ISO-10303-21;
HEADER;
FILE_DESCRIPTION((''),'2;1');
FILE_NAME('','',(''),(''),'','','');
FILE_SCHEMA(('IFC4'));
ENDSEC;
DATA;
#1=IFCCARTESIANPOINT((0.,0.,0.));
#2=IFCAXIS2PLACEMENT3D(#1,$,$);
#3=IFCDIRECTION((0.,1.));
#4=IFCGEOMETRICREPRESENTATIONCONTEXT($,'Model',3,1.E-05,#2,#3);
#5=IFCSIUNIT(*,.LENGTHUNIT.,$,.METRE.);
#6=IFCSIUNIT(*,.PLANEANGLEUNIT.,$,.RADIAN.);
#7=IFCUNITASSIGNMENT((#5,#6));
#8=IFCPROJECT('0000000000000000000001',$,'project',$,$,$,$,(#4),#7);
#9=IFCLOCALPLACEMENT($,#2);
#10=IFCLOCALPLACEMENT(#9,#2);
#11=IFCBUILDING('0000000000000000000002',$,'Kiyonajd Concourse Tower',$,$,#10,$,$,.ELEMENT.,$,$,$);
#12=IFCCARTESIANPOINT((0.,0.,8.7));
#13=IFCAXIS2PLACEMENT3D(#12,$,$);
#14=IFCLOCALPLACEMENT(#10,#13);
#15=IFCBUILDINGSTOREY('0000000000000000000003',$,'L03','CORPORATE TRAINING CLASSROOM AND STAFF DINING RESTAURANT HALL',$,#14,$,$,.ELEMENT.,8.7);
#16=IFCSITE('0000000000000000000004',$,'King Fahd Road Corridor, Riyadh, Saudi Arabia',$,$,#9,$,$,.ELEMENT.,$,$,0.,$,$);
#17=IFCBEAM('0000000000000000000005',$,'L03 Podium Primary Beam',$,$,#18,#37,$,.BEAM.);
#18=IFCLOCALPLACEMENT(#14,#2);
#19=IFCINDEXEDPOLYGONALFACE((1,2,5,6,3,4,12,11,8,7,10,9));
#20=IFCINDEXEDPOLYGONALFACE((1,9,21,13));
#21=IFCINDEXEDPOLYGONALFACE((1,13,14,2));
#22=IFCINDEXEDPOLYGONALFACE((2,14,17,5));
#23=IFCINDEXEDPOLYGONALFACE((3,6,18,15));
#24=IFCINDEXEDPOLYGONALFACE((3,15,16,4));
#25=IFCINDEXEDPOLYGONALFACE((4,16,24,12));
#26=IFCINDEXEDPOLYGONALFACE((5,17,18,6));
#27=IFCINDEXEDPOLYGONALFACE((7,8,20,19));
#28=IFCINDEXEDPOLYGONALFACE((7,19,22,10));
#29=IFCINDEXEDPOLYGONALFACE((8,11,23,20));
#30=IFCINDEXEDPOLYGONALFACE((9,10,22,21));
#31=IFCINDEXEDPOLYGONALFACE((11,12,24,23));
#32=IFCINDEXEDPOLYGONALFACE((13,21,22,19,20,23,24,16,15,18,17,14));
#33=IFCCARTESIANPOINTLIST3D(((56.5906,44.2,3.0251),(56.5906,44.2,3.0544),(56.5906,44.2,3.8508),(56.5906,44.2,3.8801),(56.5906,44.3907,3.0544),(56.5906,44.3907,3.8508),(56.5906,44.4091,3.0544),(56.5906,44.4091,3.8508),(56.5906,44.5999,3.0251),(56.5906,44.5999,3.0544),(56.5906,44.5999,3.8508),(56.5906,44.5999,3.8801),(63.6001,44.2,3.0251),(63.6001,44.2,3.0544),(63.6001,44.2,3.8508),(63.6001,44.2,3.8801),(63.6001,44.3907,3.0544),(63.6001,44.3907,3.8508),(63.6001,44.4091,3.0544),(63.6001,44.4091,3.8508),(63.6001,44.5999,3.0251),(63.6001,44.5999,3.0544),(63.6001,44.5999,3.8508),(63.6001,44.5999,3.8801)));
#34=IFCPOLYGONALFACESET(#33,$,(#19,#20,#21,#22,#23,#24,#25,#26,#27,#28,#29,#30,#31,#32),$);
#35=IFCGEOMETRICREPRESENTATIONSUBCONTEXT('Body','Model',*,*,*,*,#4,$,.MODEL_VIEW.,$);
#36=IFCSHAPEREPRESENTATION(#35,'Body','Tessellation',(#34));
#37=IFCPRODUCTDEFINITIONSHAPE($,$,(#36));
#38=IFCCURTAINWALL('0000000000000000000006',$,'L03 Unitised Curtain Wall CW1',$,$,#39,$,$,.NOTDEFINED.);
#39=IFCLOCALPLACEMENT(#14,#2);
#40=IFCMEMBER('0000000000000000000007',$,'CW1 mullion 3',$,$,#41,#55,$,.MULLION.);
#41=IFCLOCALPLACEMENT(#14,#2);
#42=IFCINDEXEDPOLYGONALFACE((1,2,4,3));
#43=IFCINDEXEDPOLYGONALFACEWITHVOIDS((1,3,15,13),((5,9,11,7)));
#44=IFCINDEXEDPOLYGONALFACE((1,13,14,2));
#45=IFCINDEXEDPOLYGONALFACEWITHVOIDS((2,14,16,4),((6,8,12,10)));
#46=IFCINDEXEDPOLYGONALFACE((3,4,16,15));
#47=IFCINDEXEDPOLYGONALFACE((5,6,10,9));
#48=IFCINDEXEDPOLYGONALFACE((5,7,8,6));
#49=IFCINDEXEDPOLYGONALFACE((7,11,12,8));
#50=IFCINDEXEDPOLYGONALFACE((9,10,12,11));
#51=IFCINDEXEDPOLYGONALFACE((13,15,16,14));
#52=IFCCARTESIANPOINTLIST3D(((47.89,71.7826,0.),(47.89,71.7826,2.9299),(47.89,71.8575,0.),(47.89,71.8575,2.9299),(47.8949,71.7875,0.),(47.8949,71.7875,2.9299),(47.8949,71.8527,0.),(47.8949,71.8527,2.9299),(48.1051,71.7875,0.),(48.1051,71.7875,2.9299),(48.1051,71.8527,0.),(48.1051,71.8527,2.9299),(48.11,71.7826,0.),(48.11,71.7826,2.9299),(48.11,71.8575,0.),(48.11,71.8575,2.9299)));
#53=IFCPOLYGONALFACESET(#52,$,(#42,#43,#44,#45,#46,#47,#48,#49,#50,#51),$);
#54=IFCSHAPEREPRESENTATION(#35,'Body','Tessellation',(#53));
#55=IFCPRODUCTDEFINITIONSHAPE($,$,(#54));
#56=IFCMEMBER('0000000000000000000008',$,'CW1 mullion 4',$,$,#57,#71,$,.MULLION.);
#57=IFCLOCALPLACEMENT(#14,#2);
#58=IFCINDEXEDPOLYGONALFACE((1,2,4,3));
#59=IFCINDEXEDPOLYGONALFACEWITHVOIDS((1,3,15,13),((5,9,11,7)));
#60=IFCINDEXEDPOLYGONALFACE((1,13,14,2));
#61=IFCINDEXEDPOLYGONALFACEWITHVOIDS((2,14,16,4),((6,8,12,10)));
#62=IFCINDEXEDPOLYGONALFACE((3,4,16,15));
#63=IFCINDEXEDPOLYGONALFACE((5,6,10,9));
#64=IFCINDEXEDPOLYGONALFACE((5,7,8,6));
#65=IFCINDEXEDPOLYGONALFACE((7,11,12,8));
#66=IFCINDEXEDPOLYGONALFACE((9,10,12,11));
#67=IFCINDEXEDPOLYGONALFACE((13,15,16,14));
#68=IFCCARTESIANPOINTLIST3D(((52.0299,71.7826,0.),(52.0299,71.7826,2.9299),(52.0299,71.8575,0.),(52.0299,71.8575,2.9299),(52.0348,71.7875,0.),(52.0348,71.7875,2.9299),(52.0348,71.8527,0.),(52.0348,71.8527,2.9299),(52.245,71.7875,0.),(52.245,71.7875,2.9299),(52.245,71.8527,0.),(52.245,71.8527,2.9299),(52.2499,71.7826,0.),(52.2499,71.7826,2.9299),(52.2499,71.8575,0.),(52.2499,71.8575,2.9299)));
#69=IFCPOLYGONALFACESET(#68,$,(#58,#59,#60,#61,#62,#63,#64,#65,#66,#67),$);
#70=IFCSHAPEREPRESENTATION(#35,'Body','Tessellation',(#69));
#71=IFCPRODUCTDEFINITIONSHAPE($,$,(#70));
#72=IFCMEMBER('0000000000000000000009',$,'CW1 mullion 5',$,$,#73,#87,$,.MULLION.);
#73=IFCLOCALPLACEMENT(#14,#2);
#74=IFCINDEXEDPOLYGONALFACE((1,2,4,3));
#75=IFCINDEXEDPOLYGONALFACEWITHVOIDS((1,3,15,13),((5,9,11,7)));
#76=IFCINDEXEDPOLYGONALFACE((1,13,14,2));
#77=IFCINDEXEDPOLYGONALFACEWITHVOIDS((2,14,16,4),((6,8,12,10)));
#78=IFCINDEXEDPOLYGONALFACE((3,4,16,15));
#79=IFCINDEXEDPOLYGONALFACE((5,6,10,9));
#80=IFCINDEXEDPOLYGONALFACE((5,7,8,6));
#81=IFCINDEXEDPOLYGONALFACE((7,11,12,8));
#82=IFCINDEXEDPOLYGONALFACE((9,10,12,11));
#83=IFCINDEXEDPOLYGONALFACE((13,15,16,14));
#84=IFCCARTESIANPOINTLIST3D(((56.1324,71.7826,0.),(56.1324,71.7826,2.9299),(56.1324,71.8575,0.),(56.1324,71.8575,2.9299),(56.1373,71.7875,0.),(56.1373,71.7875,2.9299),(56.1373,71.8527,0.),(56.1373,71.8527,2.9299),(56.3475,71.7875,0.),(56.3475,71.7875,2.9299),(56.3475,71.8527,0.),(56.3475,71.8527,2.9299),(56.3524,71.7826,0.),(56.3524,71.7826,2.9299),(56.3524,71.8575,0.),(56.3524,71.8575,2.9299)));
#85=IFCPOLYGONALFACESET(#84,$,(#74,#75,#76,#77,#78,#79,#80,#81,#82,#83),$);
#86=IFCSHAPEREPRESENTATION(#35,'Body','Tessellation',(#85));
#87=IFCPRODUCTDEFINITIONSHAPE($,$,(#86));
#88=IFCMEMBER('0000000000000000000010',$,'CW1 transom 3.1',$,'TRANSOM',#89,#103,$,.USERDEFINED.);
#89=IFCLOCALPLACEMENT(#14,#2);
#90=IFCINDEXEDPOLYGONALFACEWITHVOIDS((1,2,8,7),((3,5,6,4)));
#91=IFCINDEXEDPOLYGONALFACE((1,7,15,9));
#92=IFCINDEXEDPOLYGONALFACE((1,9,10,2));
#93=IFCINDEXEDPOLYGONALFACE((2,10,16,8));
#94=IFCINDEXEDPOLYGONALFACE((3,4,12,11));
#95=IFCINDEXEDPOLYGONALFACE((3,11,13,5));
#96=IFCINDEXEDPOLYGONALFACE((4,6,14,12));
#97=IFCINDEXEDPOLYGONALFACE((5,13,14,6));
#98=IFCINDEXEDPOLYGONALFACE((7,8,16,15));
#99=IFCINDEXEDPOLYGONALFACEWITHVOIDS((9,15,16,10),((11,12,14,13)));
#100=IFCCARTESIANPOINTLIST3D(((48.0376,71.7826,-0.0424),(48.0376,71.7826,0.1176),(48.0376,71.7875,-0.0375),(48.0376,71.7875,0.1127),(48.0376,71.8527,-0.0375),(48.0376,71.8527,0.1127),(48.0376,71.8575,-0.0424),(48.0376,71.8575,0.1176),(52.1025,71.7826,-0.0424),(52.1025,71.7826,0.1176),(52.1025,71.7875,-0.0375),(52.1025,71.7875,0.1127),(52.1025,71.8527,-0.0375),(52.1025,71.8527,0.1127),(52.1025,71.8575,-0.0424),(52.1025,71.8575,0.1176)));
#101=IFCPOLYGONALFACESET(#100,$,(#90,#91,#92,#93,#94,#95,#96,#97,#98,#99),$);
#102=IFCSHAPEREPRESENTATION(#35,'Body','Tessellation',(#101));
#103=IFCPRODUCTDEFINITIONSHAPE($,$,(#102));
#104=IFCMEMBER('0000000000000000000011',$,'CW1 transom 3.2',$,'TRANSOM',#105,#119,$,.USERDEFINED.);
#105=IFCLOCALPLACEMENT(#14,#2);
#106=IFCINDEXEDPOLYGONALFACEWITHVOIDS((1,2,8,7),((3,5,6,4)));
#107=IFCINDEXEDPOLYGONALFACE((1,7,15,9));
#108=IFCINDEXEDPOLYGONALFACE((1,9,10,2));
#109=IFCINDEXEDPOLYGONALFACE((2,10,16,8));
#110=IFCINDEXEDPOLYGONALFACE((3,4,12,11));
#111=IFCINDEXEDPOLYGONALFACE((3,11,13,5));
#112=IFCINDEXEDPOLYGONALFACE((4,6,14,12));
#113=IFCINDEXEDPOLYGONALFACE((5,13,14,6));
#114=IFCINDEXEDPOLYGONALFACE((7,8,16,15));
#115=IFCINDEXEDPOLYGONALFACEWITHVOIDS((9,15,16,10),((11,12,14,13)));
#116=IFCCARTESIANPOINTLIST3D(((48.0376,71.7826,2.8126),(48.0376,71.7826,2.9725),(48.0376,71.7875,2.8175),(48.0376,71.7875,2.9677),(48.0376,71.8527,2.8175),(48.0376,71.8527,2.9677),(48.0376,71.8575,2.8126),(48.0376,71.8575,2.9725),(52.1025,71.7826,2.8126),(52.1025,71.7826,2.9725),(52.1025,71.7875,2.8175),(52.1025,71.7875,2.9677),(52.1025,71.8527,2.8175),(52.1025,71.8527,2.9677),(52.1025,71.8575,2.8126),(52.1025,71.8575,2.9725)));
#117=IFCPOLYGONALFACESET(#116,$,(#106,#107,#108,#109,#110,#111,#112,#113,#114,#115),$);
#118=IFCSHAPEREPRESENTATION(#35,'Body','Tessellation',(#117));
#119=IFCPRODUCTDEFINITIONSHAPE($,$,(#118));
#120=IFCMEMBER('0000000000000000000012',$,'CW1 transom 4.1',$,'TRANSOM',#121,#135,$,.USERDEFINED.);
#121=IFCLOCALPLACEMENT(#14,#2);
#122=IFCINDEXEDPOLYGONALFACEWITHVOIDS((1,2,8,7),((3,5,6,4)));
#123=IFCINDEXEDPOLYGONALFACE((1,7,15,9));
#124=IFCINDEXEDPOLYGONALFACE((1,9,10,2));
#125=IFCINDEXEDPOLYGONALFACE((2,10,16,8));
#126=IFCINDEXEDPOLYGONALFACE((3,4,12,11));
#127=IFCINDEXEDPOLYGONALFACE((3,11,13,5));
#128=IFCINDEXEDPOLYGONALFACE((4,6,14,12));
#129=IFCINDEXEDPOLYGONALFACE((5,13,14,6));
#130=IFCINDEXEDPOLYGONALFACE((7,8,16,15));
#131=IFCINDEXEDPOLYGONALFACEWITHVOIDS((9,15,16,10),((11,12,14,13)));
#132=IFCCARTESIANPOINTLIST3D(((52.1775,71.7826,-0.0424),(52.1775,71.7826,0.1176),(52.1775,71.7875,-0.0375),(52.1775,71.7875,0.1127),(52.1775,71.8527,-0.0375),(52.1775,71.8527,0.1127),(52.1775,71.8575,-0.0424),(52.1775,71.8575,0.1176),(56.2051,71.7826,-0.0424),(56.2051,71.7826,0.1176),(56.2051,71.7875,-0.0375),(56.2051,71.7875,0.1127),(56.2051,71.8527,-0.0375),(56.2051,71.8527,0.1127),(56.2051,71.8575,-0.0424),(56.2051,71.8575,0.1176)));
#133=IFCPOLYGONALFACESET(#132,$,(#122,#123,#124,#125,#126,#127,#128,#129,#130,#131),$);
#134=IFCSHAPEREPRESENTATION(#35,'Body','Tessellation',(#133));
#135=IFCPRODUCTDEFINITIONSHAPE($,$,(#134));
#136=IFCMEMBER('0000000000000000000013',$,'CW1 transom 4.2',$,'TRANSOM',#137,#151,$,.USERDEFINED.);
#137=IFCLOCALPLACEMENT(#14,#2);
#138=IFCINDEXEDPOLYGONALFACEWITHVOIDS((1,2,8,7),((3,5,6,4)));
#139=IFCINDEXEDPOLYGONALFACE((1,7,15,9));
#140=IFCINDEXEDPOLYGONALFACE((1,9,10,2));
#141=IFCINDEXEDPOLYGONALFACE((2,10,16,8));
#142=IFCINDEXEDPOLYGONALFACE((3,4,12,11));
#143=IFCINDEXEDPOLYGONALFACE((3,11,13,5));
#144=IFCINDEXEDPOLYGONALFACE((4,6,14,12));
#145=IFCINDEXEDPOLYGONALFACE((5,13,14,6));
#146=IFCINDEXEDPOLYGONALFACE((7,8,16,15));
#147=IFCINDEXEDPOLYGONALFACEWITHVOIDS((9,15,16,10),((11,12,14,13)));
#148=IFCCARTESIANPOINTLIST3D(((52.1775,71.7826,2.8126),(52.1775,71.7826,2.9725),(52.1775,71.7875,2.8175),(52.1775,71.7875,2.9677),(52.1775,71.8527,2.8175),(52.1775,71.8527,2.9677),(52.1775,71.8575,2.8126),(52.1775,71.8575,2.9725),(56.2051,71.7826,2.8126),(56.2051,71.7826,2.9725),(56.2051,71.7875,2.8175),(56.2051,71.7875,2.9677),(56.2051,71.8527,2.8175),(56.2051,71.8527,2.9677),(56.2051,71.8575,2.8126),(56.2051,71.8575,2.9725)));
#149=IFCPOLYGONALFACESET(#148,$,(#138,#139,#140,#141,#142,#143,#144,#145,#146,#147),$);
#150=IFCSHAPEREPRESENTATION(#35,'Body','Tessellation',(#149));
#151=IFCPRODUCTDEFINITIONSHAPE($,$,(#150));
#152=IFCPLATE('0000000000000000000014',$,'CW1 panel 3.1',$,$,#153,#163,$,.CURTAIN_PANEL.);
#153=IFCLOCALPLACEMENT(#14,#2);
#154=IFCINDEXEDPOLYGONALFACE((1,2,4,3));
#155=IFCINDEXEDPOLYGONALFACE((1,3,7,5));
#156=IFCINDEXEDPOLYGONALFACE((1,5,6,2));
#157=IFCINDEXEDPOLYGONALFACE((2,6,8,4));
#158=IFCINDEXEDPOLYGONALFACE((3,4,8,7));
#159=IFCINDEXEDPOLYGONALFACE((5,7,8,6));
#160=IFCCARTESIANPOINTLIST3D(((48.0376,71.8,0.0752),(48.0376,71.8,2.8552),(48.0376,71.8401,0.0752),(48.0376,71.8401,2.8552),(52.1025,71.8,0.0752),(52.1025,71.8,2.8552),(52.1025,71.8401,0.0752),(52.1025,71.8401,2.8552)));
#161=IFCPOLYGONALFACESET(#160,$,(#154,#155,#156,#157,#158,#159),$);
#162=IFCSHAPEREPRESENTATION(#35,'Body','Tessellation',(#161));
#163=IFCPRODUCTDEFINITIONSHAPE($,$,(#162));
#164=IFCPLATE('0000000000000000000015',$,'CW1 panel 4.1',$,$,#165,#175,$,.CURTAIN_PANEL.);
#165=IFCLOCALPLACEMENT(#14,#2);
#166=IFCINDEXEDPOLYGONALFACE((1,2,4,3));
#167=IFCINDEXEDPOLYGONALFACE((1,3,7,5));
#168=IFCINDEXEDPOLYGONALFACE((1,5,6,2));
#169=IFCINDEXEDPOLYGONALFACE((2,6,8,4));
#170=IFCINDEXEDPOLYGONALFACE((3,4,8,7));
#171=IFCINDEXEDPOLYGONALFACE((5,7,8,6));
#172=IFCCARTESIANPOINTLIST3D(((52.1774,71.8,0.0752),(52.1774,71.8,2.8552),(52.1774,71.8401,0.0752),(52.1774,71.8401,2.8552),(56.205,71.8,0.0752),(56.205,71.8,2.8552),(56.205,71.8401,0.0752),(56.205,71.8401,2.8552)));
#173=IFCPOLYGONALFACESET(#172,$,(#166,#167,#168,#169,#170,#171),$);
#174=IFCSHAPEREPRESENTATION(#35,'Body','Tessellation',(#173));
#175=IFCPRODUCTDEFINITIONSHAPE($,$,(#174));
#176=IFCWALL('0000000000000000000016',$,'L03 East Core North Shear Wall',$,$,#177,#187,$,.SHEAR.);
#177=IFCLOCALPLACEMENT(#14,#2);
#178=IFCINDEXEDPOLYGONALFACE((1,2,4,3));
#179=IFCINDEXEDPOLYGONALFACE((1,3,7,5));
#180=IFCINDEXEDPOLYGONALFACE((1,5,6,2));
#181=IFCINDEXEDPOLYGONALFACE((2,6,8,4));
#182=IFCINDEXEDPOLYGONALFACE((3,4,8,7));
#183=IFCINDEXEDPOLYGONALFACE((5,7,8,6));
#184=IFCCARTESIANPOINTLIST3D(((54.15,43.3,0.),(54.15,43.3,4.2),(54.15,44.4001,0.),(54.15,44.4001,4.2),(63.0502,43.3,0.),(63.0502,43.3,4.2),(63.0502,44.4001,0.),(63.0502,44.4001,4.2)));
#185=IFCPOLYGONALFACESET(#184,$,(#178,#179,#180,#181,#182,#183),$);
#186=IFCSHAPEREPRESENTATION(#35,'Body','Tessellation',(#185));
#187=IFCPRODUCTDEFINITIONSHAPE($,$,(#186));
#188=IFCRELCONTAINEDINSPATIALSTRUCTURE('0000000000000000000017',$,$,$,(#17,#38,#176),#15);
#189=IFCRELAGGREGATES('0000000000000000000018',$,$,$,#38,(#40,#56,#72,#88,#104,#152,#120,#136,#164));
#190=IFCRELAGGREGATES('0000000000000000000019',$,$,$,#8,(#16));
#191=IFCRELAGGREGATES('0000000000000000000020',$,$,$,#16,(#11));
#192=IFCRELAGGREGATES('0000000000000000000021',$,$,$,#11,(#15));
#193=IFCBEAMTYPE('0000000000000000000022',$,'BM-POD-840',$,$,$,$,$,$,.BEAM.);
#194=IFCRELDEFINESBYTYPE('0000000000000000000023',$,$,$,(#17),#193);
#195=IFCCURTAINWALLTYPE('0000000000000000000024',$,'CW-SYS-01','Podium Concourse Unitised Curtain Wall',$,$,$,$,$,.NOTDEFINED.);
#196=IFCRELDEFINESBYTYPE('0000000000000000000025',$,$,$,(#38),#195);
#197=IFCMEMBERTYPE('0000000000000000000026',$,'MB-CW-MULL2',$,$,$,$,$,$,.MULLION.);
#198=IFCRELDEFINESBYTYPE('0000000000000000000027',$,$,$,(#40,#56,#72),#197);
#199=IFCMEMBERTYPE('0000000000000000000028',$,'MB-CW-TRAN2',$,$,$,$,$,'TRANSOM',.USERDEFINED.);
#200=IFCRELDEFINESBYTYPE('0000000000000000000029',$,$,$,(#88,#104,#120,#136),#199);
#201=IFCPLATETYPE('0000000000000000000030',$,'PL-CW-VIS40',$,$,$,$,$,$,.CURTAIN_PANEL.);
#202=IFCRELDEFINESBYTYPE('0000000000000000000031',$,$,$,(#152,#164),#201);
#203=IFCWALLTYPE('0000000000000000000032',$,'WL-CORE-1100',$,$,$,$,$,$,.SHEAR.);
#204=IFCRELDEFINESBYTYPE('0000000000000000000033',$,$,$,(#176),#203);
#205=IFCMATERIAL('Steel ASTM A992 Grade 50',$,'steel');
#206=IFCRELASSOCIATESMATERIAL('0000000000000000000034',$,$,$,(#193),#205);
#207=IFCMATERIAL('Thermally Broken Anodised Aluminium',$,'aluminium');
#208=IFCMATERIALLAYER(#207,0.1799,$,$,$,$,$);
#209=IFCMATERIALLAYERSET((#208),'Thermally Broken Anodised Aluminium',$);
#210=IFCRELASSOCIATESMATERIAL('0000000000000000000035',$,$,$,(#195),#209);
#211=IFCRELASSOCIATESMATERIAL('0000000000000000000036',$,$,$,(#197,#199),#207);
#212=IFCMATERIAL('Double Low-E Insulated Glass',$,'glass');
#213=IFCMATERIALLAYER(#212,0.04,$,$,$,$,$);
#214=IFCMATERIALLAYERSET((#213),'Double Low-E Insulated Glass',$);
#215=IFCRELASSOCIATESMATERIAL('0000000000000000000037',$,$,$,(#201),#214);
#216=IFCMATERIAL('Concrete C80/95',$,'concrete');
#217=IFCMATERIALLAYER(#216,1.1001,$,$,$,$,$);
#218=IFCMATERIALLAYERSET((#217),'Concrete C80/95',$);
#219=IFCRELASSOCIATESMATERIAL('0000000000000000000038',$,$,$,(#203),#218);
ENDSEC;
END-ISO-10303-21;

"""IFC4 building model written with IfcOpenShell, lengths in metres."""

from ifc_helpers import new_model, si_unit, direction, frame, frame_2d, origin, origin_2d, place, context, subcontext, project, spatial, rectangle, hollow_rectangle, i_section, extrude, material, layer, layer_set, material_profile, profile_set, type_object, element, aggregate, save


model = new_model("IFC4")

# Units and contexts
model_context = context("Model", 3, precision=1e-05, world=origin(), true_north=direction((0.0, 1.0)))
body_context = subcontext(model_context, "Body", "Model", "MODEL_VIEW")
ifc_project = project(units=[si_unit("LENGTHUNIT", "METRE"), si_unit("PLANEANGLEUNIT", "RADIAN")], contexts=[model_context])

# Site, building, storey
site_placement = place(None, origin())
site = spatial("IfcSite", under=ifc_project, at=site_placement, Name="King Fahd Road Corridor, Riyadh, Saudi Arabia", CompositionType="ELEMENT", RefElevation=0.0)
building_placement = place(site_placement, origin())
building = spatial("IfcBuilding", under=site, at=building_placement, Name="Kiyonajd Concourse Tower", CompositionType="ELEMENT")
storey_placement = place(building_placement, frame((0.0, 0.0, 8.7)))
storey = spatial("IfcBuildingStorey", under=building, at=storey_placement, Name="L03", Description="CORPORATE TRAINING CLASSROOM AND STAFF DINING RESTAURANT HALL", CompositionType="ELEMENT", Elevation=8.7)

# Shared definitions
ifc_material_1 = material(Name="Concrete C80/95", Category="concrete")

# Beam
ifc_material_2 = material(Name="Steel ASTM A992 Grade 50", Category="steel")
ifc_material_profile_1 = material_profile(ifc_material_2, i_section(OverallWidth=0.3999, OverallDepth=0.855, WebThickness=0.0183, FlangeThickness=0.0293, at=origin_2d()), Name="W840X299")
ifc_profile_set_1 = profile_set([ifc_material_profile_1], Name="Steel ASTM A992 Grade 50")
beam_type_1 = type_object("IfcBeamType", Name="BM-POD-840", PredefinedType="BEAM", material=ifc_profile_set_1)
beam_1_placement = place(storey_placement, frame((56.5906, 44.3999, 3.4526), z_axis=(1.0, 0.0, 0.0), x_axis=(0.0, 1.0, 0.0)))
element("IfcBeam", 1, at=beam_1_placement, inside=storey, type_object=beam_type_1, Name="L03 Podium Primary Beam", PredefinedType="BEAM", context=body_context, shape_type="SweptSolid", body=[
    extrude(i_section(OverallWidth=0.3999, OverallDepth=0.855, WebThickness=0.0183, FlangeThickness=0.0293, at=origin_2d()), origin(), (0.0, 0.0, 1.0), 7.0095),
])

# Curtain wall, members, plates
ifc_material_3 = material(Name="Thermally Broken Anodised Aluminium", Category="aluminium")
ifc_layer_1 = layer(ifc_material_3, 0.1799)
ifc_layer_set_1 = layer_set([ifc_layer_1], Name="Thermally Broken Anodised Aluminium")
curtain_wall_type = type_object("IfcCurtainWallType", Name="CW-SYS-01", Description="Podium Concourse Unitised Curtain Wall", PredefinedType="NOTDEFINED", material=ifc_layer_set_1)
curtain_wall_placement = place(storey_placement, origin())
curtain_wall = element("IfcCurtainWall", 2, at=curtain_wall_placement, inside=storey, type_object=curtain_wall_type, Name="L03 Unitised Curtain Wall CW1", PredefinedType="NOTDEFINED")
ifc_material_profile_2 = material_profile(ifc_material_3, hollow_rectangle(XDim=0.075, YDim=0.22, WallThickness=0.0049, at=origin_2d()), Name="MULL-75x220")
ifc_profile_set_2 = profile_set([ifc_material_profile_2], Name="Thermally Broken Anodised Aluminium")
member_type_1 = type_object("IfcMemberType", Name="MB-CW-MULL2", PredefinedType="MULLION", material=ifc_profile_set_2)
member_1_placement = place(storey_placement, frame((48.0, 71.8201, 0.0), z_axis=(0.0, 0.0, 1.0), x_axis=(0.0, 1.0, 0.0)))
member_1 = element("IfcMember", 3, at=member_1_placement, type_object=member_type_1, Name="CW1 mullion 3", PredefinedType="MULLION", context=body_context, shape_type="SweptSolid", body=[
    extrude(hollow_rectangle(XDim=0.075, YDim=0.22, WallThickness=0.0049, at=origin_2d()), origin(), (0.0, 0.0, 1.0), 2.9299),
])
member_2_placement = place(storey_placement, frame((52.1399, 71.8201, 0.0), z_axis=(0.0, 0.0, 1.0), x_axis=(0.0, 1.0, 0.0)))
member_2 = element("IfcMember", 4, at=member_2_placement, type_object=member_type_1, Name="CW1 mullion 4", PredefinedType="MULLION", context=body_context, shape_type="SweptSolid", body=[
    extrude(hollow_rectangle(XDim=0.075, YDim=0.22, WallThickness=0.0049, at=origin_2d()), origin(), (0.0, 0.0, 1.0), 2.9299),
])
member_3_placement = place(storey_placement, frame((56.2424, 71.8201, 0.0), z_axis=(0.0, 0.0, 1.0), x_axis=(0.0, 1.0, 0.0)))
member_3 = element("IfcMember", 5, at=member_3_placement, type_object=member_type_1, Name="CW1 mullion 5", PredefinedType="MULLION", context=body_context, shape_type="SweptSolid", body=[
    extrude(hollow_rectangle(XDim=0.075, YDim=0.22, WallThickness=0.0049, at=origin_2d()), origin(), (0.0, 0.0, 1.0), 2.9299),
])
ifc_material_profile_3 = material_profile(ifc_material_3, hollow_rectangle(XDim=0.075, YDim=0.1599, WallThickness=0.0049, at=origin_2d()), Name="TRAN-75x160")
ifc_profile_set_3 = profile_set([ifc_material_profile_3], Name="Thermally Broken Anodised Aluminium")
member_type_2 = type_object("IfcMemberType", Name="MB-CW-TRAN2", ElementType="TRANSOM", PredefinedType="USERDEFINED", material=ifc_profile_set_3)
member_4_placement = place(storey_placement, frame((48.0376, 71.8201, 0.0376), z_axis=(1.0, 0.0, 0.0), x_axis=(0.0, 1.0, 0.0)))
member_4 = element("IfcMember", 6, at=member_4_placement, type_object=member_type_2, Name="CW1 transom 3.1", ObjectType="TRANSOM", PredefinedType="USERDEFINED", context=body_context, shape_type="SweptSolid", body=[
    extrude(hollow_rectangle(XDim=0.075, YDim=0.1599, WallThickness=0.0049, at=origin_2d()), origin(), (0.0, 0.0, 1.0), 4.0649),
])
member_5_placement = place(storey_placement, frame((48.0376, 71.8201, 2.8926), z_axis=(1.0, 0.0, 0.0), x_axis=(0.0, 1.0, 0.0)))
member_5 = element("IfcMember", 7, at=member_5_placement, type_object=member_type_2, Name="CW1 transom 3.2", ObjectType="TRANSOM", PredefinedType="USERDEFINED", context=body_context, shape_type="SweptSolid", body=[
    extrude(hollow_rectangle(XDim=0.075, YDim=0.1599, WallThickness=0.0049, at=origin_2d()), origin(), (0.0, 0.0, 1.0), 4.0649),
])
member_6_placement = place(storey_placement, frame((52.1775, 71.8201, 0.0376), z_axis=(1.0, 0.0, 0.0), x_axis=(0.0, 1.0, 0.0)))
member_6 = element("IfcMember", 8, at=member_6_placement, type_object=member_type_2, Name="CW1 transom 4.1", ObjectType="TRANSOM", PredefinedType="USERDEFINED", context=body_context, shape_type="SweptSolid", body=[
    extrude(hollow_rectangle(XDim=0.075, YDim=0.1599, WallThickness=0.0049, at=origin_2d()), origin(), (0.0, 0.0, 1.0), 4.0276),
])
member_7_placement = place(storey_placement, frame((52.1775, 71.8201, 2.8926), z_axis=(1.0, 0.0, 0.0), x_axis=(0.0, 1.0, 0.0)))
member_7 = element("IfcMember", 9, at=member_7_placement, type_object=member_type_2, Name="CW1 transom 4.2", ObjectType="TRANSOM", PredefinedType="USERDEFINED", context=body_context, shape_type="SweptSolid", body=[
    extrude(hollow_rectangle(XDim=0.075, YDim=0.1599, WallThickness=0.0049, at=origin_2d()), origin(), (0.0, 0.0, 1.0), 4.0276),
])
ifc_material_4 = material(Name="Double Low-E Insulated Glass", Category="glass")
ifc_layer_2 = layer(ifc_material_4, 0.04)
ifc_layer_set_2 = layer_set([ifc_layer_2], Name="Double Low-E Insulated Glass")
plate_type = type_object("IfcPlateType", Name="PL-CW-VIS40", PredefinedType="CURTAIN_PANEL", material=ifc_layer_set_2)
plate_1_placement = place(storey_placement, frame((50.0701, 71.8201, 0.0752), z_axis=(0.0, 0.0, 1.0), x_axis=(1.0, 0.0, 0.0)))
plate_1 = element("IfcPlate", 10, at=plate_1_placement, type_object=plate_type, Name="CW1 panel 3.1", PredefinedType="CURTAIN_PANEL", context=body_context, shape_type="SweptSolid", body=[
    extrude(rectangle(XDim=4.0649, YDim=0.04, at=origin_2d()), origin(), (0.0, 0.0, 1.0), 2.78),
])
plate_2_placement = place(storey_placement, frame((54.1912, 71.8201, 0.0752), z_axis=(0.0, 0.0, 1.0), x_axis=(1.0, 0.0, 0.0)))
plate_2 = element("IfcPlate", 11, at=plate_2_placement, type_object=plate_type, Name="CW1 panel 4.1", PredefinedType="CURTAIN_PANEL", context=body_context, shape_type="SweptSolid", body=[
    extrude(rectangle(XDim=4.0276, YDim=0.04, at=origin_2d()), origin(), (0.0, 0.0, 1.0), 2.78),
])
aggregate(curtain_wall, [member_1, member_2, member_3, member_4, member_5, plate_1, member_6, member_7, plate_2])

# Wall
ifc_layer_3 = layer(ifc_material_1, 1.1001)
ifc_layer_set_3 = layer_set([ifc_layer_3], Name="Concrete C80/95")
wall_type_1 = type_object("IfcWallType", Name="WL-CORE-1100", PredefinedType="SHEAR", material=ifc_layer_set_3)
wall_1_placement = place(storey_placement, frame((54.1499, 43.8501, 0.0), z_axis=(0.0, 0.0, 1.0), x_axis=(1.0, 0.0, 0.0)))
element("IfcWall", 12, at=wall_1_placement, inside=storey, type_object=wall_type_1, Name="L03 East Core North Shear Wall", PredefinedType="SHEAR", context=body_context, shape_type="SweptSolid", body=[
    extrude(rectangle(XDim=8.9001, YDim=1.1001, at=frame_2d((4.4502, 0.0))), origin(), (0.0, 0.0, 1.0), 4.2),
])

save(model, "model.ifc")
